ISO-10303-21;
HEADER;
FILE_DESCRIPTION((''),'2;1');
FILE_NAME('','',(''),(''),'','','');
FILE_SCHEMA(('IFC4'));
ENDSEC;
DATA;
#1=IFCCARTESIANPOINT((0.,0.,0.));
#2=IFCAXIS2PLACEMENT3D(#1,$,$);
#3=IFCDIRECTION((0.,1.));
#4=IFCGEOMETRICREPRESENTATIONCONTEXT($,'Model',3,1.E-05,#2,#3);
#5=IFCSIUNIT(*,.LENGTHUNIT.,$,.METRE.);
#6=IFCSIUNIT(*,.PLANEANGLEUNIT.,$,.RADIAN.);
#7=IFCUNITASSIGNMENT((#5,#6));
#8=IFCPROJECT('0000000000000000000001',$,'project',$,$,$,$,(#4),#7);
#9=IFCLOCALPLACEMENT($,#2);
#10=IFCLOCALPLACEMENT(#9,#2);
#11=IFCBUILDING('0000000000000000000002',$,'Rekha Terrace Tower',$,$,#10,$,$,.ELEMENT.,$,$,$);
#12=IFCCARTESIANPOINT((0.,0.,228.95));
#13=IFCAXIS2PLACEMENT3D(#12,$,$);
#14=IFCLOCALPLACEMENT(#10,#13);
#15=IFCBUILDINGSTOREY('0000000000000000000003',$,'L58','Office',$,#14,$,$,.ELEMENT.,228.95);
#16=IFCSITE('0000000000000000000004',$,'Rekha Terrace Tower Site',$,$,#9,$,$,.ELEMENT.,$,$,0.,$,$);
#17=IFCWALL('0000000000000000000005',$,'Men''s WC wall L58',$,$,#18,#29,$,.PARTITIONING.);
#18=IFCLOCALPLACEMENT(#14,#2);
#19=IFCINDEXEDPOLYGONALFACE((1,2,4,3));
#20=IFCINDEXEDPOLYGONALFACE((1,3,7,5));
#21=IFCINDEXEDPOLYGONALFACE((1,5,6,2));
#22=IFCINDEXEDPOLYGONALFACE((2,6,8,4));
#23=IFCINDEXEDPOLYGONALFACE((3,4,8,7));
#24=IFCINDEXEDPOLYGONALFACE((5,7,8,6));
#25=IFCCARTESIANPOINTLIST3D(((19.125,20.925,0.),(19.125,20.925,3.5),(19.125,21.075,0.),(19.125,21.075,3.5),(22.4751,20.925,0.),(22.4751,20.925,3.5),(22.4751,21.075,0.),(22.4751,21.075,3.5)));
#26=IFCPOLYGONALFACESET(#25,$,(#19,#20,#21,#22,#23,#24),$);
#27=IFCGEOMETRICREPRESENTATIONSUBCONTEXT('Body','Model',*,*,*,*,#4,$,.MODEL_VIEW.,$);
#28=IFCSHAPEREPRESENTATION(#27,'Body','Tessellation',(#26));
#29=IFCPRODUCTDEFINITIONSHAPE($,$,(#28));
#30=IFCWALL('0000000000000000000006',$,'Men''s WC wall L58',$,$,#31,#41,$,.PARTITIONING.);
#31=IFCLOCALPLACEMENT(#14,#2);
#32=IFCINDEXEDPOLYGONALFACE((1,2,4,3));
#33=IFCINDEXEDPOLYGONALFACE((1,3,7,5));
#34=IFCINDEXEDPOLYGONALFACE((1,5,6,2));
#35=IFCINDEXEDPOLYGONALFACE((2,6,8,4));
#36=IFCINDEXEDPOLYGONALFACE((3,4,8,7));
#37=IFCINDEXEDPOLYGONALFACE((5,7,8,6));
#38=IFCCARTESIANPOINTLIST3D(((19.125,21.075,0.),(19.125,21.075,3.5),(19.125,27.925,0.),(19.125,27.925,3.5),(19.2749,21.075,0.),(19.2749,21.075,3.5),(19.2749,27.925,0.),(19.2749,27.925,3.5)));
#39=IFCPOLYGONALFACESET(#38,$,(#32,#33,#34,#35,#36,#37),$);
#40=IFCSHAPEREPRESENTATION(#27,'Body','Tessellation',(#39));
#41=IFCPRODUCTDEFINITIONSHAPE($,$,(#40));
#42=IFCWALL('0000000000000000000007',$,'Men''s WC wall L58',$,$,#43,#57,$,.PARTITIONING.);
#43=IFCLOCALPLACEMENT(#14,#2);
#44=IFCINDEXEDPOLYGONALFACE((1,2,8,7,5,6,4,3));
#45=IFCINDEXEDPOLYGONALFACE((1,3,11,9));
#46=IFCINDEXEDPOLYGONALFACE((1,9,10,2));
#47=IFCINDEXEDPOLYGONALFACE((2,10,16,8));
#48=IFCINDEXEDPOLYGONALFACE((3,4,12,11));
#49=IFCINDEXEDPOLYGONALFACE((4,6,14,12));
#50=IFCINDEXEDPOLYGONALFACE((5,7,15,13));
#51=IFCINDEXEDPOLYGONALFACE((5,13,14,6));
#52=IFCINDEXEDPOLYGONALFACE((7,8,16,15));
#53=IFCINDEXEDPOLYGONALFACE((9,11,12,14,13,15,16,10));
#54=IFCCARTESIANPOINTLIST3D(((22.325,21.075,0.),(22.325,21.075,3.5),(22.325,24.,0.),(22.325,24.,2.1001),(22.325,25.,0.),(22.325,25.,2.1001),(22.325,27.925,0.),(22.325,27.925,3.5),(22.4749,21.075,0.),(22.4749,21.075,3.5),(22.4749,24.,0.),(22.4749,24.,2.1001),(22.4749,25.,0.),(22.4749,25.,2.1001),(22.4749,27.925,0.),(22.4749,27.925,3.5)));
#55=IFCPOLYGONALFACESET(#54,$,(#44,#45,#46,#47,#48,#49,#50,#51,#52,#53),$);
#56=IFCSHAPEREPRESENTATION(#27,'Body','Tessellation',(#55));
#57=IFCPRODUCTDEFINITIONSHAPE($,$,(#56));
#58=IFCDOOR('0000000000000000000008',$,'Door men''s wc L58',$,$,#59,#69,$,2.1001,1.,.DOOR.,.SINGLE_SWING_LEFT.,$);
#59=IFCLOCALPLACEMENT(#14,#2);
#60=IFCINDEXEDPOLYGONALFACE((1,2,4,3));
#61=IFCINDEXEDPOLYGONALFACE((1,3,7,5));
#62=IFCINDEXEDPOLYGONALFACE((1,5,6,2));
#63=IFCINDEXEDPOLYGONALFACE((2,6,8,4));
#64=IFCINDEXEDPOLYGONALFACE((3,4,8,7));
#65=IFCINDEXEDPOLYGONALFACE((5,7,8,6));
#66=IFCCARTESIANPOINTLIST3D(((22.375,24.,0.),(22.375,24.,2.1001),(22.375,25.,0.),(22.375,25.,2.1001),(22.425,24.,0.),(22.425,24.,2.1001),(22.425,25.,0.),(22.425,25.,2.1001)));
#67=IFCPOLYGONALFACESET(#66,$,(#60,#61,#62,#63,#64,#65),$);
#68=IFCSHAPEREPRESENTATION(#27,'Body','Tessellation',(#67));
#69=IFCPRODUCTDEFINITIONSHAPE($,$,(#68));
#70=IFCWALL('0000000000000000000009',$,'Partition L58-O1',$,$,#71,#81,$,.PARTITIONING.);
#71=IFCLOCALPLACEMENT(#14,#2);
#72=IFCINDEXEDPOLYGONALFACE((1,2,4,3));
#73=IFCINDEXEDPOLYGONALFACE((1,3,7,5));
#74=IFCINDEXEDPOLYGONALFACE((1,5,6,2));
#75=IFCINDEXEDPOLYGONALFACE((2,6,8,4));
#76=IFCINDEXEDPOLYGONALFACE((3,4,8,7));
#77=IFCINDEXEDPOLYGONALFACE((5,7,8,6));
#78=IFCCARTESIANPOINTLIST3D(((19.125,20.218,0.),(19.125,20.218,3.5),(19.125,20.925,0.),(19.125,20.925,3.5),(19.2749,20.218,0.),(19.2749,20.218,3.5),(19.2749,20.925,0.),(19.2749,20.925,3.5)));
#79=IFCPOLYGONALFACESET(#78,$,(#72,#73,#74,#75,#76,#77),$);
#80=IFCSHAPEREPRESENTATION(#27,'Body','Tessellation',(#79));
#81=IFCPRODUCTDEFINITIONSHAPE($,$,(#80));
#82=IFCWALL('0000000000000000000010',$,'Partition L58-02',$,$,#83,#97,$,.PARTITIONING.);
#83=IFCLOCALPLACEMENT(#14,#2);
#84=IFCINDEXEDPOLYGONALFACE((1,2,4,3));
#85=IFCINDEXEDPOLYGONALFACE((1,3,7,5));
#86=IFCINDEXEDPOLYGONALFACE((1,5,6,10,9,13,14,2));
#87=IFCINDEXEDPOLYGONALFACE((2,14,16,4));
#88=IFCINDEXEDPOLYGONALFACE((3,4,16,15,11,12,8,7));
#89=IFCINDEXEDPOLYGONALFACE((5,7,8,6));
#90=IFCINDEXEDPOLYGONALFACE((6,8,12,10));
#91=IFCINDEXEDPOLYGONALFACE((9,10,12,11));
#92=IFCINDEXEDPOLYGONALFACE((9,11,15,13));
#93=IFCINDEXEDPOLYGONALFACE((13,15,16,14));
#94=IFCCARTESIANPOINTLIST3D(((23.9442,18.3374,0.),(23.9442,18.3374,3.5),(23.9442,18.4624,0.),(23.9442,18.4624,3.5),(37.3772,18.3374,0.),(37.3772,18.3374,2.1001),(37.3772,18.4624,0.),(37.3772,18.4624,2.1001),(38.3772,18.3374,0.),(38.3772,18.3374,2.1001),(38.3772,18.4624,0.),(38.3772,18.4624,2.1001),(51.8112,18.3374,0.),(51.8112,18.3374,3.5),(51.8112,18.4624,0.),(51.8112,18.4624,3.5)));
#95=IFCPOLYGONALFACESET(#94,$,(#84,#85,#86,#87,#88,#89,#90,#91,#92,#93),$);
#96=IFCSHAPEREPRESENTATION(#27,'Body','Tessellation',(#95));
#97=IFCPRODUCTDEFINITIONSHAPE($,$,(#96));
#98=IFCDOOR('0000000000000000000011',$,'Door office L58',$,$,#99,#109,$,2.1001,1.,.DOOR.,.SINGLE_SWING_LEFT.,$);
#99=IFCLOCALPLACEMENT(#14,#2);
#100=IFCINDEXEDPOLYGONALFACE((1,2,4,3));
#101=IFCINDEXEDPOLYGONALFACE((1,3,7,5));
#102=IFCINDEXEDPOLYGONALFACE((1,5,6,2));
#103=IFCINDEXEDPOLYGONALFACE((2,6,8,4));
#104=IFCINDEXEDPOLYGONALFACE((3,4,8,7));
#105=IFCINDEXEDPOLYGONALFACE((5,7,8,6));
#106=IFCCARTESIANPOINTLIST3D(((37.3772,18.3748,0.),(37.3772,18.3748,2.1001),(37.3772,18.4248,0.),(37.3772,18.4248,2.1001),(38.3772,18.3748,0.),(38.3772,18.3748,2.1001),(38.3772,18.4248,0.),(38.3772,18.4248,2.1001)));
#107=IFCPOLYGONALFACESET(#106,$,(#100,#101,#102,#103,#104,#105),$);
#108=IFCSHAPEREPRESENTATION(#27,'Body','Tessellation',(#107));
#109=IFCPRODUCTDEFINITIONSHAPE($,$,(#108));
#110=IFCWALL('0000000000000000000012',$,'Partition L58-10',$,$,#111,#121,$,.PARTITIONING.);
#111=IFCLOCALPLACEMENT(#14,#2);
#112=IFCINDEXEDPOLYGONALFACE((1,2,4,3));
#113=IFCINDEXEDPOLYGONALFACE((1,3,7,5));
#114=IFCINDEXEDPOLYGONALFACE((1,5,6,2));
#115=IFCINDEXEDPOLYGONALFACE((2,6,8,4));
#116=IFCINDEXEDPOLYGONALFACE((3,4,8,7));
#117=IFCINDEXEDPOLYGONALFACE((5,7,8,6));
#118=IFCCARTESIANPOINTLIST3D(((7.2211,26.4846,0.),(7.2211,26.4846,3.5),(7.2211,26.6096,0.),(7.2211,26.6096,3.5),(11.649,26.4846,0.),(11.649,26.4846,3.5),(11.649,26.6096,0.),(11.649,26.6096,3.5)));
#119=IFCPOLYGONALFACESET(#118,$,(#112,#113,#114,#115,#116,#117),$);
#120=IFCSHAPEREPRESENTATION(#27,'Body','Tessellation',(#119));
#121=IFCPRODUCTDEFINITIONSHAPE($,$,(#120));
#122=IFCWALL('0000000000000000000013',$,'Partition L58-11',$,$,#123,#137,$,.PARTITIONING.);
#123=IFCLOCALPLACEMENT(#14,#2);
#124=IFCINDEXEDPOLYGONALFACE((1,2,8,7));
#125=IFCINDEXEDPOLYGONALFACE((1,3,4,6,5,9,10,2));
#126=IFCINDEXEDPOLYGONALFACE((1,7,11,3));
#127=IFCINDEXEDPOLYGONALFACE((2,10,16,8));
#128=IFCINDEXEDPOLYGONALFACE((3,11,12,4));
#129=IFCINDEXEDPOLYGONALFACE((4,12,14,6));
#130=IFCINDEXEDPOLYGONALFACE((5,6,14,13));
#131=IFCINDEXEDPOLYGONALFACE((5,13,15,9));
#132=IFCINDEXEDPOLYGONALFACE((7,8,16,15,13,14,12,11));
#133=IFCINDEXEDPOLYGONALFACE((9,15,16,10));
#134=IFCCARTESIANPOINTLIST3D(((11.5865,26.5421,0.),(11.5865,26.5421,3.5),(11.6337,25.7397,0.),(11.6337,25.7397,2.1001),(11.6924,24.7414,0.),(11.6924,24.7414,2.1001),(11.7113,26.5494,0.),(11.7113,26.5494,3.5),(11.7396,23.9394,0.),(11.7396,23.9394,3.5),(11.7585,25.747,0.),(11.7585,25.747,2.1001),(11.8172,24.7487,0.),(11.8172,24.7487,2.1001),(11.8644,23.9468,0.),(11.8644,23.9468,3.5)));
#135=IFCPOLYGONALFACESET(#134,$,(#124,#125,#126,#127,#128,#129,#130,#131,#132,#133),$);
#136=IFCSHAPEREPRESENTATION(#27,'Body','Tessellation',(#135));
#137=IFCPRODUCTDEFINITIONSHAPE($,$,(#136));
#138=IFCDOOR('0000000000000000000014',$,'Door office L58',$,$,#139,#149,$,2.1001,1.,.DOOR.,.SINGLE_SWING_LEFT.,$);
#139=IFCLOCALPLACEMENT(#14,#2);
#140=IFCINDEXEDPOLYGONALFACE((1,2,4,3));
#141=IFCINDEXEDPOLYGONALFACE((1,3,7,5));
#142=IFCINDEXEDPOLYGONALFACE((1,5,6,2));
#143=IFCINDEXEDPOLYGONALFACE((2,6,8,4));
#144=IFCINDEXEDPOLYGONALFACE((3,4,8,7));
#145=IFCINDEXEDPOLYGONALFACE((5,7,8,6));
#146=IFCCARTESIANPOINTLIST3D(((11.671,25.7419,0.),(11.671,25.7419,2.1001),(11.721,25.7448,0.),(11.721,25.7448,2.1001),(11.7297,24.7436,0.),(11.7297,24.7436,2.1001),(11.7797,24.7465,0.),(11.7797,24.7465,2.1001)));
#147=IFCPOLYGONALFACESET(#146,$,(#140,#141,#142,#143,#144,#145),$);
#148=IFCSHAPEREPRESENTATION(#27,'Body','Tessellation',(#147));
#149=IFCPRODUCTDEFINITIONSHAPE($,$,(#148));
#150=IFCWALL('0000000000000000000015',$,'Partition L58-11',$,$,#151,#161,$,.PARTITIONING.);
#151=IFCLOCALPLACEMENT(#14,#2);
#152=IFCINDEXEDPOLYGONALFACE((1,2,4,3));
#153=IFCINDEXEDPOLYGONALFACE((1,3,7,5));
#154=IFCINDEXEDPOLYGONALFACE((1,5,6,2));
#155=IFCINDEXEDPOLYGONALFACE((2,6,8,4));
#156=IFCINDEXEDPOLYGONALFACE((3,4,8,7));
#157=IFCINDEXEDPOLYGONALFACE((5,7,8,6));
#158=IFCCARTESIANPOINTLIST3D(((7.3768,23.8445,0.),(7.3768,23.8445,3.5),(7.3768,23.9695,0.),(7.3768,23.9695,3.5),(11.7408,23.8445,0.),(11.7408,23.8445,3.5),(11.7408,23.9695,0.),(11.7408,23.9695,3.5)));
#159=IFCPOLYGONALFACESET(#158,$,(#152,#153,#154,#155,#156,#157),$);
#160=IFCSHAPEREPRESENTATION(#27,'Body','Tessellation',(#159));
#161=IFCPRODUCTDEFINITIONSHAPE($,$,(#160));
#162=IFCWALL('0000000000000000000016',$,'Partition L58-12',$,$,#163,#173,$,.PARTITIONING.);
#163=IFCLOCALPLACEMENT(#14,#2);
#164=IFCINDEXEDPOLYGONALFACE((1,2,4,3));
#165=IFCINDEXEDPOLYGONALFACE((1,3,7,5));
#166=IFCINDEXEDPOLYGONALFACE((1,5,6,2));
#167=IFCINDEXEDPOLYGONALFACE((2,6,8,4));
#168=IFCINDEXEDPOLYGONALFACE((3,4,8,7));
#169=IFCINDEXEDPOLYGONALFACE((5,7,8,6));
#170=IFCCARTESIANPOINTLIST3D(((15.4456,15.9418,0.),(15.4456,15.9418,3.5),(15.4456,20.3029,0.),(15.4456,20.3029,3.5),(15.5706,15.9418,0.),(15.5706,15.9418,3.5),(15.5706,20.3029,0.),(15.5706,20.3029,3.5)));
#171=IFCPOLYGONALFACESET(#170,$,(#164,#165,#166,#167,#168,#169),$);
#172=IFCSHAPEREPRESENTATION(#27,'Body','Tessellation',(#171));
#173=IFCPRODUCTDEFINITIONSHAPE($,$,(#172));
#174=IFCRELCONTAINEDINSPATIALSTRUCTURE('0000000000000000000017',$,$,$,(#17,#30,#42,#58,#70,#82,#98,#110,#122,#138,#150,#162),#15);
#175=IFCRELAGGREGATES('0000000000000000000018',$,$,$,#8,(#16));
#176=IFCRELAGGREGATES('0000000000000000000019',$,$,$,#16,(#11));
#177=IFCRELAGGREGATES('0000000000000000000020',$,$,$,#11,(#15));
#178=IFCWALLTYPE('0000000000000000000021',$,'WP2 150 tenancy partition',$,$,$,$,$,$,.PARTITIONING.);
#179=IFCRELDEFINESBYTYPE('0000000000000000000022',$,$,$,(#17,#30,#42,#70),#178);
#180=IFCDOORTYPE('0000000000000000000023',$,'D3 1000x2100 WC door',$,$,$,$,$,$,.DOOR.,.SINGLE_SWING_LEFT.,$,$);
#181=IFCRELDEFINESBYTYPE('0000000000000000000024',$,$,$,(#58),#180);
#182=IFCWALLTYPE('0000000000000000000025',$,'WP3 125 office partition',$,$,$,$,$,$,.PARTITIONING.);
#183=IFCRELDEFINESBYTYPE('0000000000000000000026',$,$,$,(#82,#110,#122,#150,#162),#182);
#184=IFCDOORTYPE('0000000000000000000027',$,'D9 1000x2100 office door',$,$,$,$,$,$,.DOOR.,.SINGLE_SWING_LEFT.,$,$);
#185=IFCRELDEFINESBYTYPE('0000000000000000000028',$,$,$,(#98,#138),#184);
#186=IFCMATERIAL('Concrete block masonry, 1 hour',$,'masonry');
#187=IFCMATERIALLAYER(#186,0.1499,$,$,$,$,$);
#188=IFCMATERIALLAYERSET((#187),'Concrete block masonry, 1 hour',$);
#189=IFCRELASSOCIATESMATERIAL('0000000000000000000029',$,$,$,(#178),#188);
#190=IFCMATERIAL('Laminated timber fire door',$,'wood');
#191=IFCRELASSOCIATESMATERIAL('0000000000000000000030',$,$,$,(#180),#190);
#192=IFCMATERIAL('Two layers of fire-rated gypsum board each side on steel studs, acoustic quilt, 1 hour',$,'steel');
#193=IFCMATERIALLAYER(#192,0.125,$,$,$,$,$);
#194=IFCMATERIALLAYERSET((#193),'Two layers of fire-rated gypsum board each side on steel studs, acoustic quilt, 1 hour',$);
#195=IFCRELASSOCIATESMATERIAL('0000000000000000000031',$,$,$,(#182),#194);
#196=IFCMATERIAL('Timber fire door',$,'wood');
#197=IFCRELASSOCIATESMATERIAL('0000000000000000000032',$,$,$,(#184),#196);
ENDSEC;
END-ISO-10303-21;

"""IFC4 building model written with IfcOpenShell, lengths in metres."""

from ifc_helpers import new_model, si_unit, direction, frame, frame_2d, origin, place, context, subcontext, project, spatial, rectangle, extrude, material, layer, layer_set, type_object, element, fill, save


model = new_model("IFC4")

# Units and contexts
model_context = context("Model", 3, precision=1e-05, world=origin(), true_north=direction((0.0, 1.0)))
body_context = subcontext(model_context, "Body", "Model", "MODEL_VIEW")
ifc_project = project(units=[si_unit("LENGTHUNIT", "METRE"), si_unit("PLANEANGLEUNIT", "RADIAN")], contexts=[model_context])

# Site, building, storey
site_placement = place(None, origin())
site = spatial("IfcSite", under=ifc_project, at=site_placement, Name="Rekha Terrace Tower Site", CompositionType="ELEMENT", RefElevation=0.0)
building_placement = place(site_placement, origin())
building = spatial("IfcBuilding", under=site, at=building_placement, Name="Rekha Terrace Tower", CompositionType="ELEMENT")
storey_placement = place(building_placement, frame((0.0, 0.0, 228.95)))
storey = spatial("IfcBuildingStorey", under=building, at=storey_placement, Name="L58", Description="Office", CompositionType="ELEMENT", Elevation=228.95)

# Walls
ifc_material_1 = material(Name="Concrete block masonry, 1 hour", Category="masonry")
ifc_layer_1 = layer(ifc_material_1, 0.1499)
ifc_layer_set_1 = layer_set([ifc_layer_1], Name="Concrete block masonry, 1 hour")
wall_type_1 = type_object("IfcWallType", Name="WP2 150 tenancy partition", PredefinedType="PARTITIONING", material=ifc_layer_set_1)
wall_1_placement = place(storey_placement, frame((19.125, 21.0, 0.0), z_axis=(0.0, 0.0, 1.0), x_axis=(1.0, 0.0, 0.0)))
element("IfcWall", 1, at=wall_1_placement, inside=storey, type_object=wall_type_1, Name="Men's WC wall L58", PredefinedType="PARTITIONING", context=body_context, shape_type="SweptSolid", body=[
    extrude(rectangle(XDim=3.3501, YDim=0.1499, at=frame_2d((1.675, 0.0))), origin(), (0.0, 0.0, 1.0), 3.5),
])
wall_2_placement = place(storey_placement, frame((19.2, 21.075, 0.0), z_axis=(0.0, 0.0, 1.0), x_axis=(0.0, 1.0, 0.0)))
element("IfcWall", 2, at=wall_2_placement, inside=storey, type_object=wall_type_1, Name="Men's WC wall L58", PredefinedType="PARTITIONING", context=body_context, shape_type="SweptSolid", body=[
    extrude(rectangle(XDim=6.8501, YDim=0.1499, at=frame_2d((3.425, 0.0))), origin(), (0.0, 0.0, 1.0), 3.5),
])

# Wall, opening, door
wall_3_placement = place(storey_placement, frame((22.3999, 21.075, 0.0), z_axis=(0.0, 0.0, 1.0), x_axis=(0.0, 1.0, 0.0)))
wall_3 = element("IfcWall", 3, at=wall_3_placement, inside=storey, type_object=wall_type_1, Name="Men's WC wall L58", PredefinedType="PARTITIONING", context=body_context, shape_type="SweptSolid", body=[
    extrude(rectangle(XDim=6.8501, YDim=0.1499, at=frame_2d((3.425, 0.0))), origin(), (0.0, 0.0, 1.0), 3.5),
])
opening_1_placement = place(wall_3_placement, frame((2.925, 0.0, 0.0)))
opening_1 = element("IfcOpeningElement", 4, at=opening_1_placement, cuts=wall_3, PredefinedType="OPENING", context=body_context, shape_type="SweptSolid", body=[
    extrude(rectangle(XDim=1.0, YDim=2.1001, at=frame_2d((0.5, 1.05))), frame((0.0, 0.085, 0.0), z_axis=(0.0, -1.0, 0.0), x_axis=(1.0, 0.0, 0.0)), (0.0, 0.0, 1.0), 0.1699),
])
ifc_material_2 = material(Name="Laminated timber fire door", Category="wood")
door_type_1 = type_object("IfcDoorType", Name="D3 1000x2100 WC door", OperationType="SINGLE_SWING_LEFT", PredefinedType="DOOR", material=ifc_material_2)
door_1_placement = place(opening_1_placement, origin())
door_1 = element("IfcDoor", 5, at=door_1_placement, inside=storey, type_object=door_type_1, Name="Door men's wc L58", OperationType="SINGLE_SWING_LEFT", OverallHeight=2.1001, OverallWidth=1.0, PredefinedType="DOOR", context=body_context, shape_type="SweptSolid", body=[
    extrude(rectangle(XDim=1.0, YDim=2.1001, at=frame_2d((0.5, 1.05))), frame((0.0, 0.0249, 0.0), z_axis=(0.0, -1.0, 0.0), x_axis=(1.0, 0.0, 0.0)), (0.0, 0.0, 1.0), 0.05),
])
fill(opening_1, door_1)

# Wall
wall_4_placement = place(storey_placement, frame((19.2, 20.925, 0.0), z_axis=(0.0, 0.0, 1.0), x_axis=(0.0, -1.0, 0.0)))
element("IfcWall", 6, at=wall_4_placement, inside=storey, type_object=wall_type_1, Name="Partition L58-O1", PredefinedType="PARTITIONING", context=body_context, shape_type="SweptSolid", body=[
    extrude(rectangle(XDim=0.707, YDim=0.1499, at=frame_2d((0.3535, 0.0))), origin(), (0.0, 0.0, 1.0), 3.5),
])

# Wall, opening, door
ifc_material_3 = material(Name="Two layers of fire-rated gypsum board each side on steel studs, acoustic quilt, 1 hour", Category="steel")
ifc_layer_2 = layer(ifc_material_3, 0.125)
ifc_layer_set_2 = layer_set([ifc_layer_2], Name="Two layers of fire-rated gypsum board each side on steel studs, acoustic quilt, 1 hour")
wall_type_2 = type_object("IfcWallType", Name="WP3 125 office partition", PredefinedType="PARTITIONING", material=ifc_layer_set_2)
wall_5_placement = place(storey_placement, frame((23.9441, 18.3999, 0.0), z_axis=(0.0, 0.0, 1.0), x_axis=(1.0, 0.0, 0.0)))
wall_5 = element("IfcWall", 7, at=wall_5_placement, inside=storey, type_object=wall_type_2, Name="Partition L58-02", PredefinedType="PARTITIONING", context=body_context, shape_type="SweptSolid", body=[
    extrude(rectangle(XDim=27.8669, YDim=0.125, at=frame_2d((13.9336, 0.0))), origin(), (0.0, 0.0, 1.0), 3.5),
])
opening_2_placement = place(wall_5_placement, frame((13.4331, 0.0, 0.0)))
opening_2 = element("IfcOpeningElement", 8, at=opening_2_placement, cuts=wall_5, PredefinedType="OPENING", context=body_context, shape_type="SweptSolid", body=[
    extrude(rectangle(XDim=1.0, YDim=2.1001, at=frame_2d((0.5, 1.05))), frame((0.0, 0.0725, 0.0), z_axis=(0.0, -1.0, 0.0), x_axis=(1.0, 0.0, 0.0)), (0.0, 0.0, 1.0), 0.145),
])
ifc_material_4 = material(Name="Timber fire door", Category="wood")
door_type_2 = type_object("IfcDoorType", Name="D9 1000x2100 office door", OperationType="SINGLE_SWING_LEFT", PredefinedType="DOOR", material=ifc_material_4)
door_2_placement = place(opening_2_placement, origin())
door_2 = element("IfcDoor", 9, at=door_2_placement, inside=storey, type_object=door_type_2, Name="Door office L58", OperationType="SINGLE_SWING_LEFT", OverallHeight=2.1001, OverallWidth=1.0, PredefinedType="DOOR", context=body_context, shape_type="SweptSolid", body=[
    extrude(rectangle(XDim=1.0, YDim=2.1001, at=frame_2d((0.5, 1.05))), frame((0.0, 0.0249, 0.0), z_axis=(0.0, -1.0, 0.0), x_axis=(1.0, 0.0, 0.0)), (0.0, 0.0, 1.0), 0.05),
])
fill(opening_2, door_2)

# Wall
wall_6_placement = place(storey_placement, frame((11.6489, 26.5471, 0.0), z_axis=(0.0, 0.0, 1.0), x_axis=(-1.0, 0.0, 0.0)))
element("IfcWall", 10, at=wall_6_placement, inside=storey, type_object=wall_type_2, Name="Partition L58-10", PredefinedType="PARTITIONING", context=body_context, shape_type="SweptSolid", body=[
    extrude(rectangle(XDim=4.428, YDim=0.125, at=frame_2d((2.2139, 0.0))), origin(), (0.0, 0.0, 1.0), 3.5),
])

# Wall, opening, door
wall_7_placement = place(storey_placement, frame((11.6489, 26.5459, 0.0), z_axis=(0.0, 0.0, 1.0), x_axis=(0.058711, -0.998275, 0.0)))
wall_7 = element("IfcWall", 11, at=wall_7_placement, inside=storey, type_object=wall_type_2, Name="Partition L58-11", PredefinedType="PARTITIONING", context=body_context, shape_type="SweptSolid", body=[
    extrude(rectangle(XDim=2.6072, YDim=0.125, at=frame_2d((1.3037, 0.0))), origin(), (0.0, 0.0, 1.0), 3.5),
])
opening_3_placement = place(wall_7_placement, frame((0.804, 0.0, 0.0)))
opening_3 = element("IfcOpeningElement", 12, at=opening_3_placement, cuts=wall_7, PredefinedType="OPENING", context=body_context, shape_type="SweptSolid", body=[
    extrude(rectangle(XDim=1.0, YDim=2.1001, at=frame_2d((0.5, 1.05))), frame((0.0, 0.0725, 0.0), z_axis=(0.0, -1.0, 0.0), x_axis=(1.0, 0.0, 0.0)), (0.0, 0.0, 1.0), 0.145),
])
door_3_placement = place(opening_3_placement, origin())
door_3 = element("IfcDoor", 13, at=door_3_placement, inside=storey, type_object=door_type_2, Name="Door office L58", OperationType="SINGLE_SWING_LEFT", OverallHeight=2.1001, OverallWidth=1.0, PredefinedType="DOOR", context=body_context, shape_type="SweptSolid", body=[
    extrude(rectangle(XDim=1.0, YDim=2.1001, at=frame_2d((0.5, 1.05))), frame((0.0, 0.0249, 0.0), z_axis=(0.0, -1.0, 0.0), x_axis=(1.0, 0.0, 0.0)), (0.0, 0.0, 1.0), 0.05),
])
fill(opening_3, door_3)

# Walls
wall_8_placement = place(storey_placement, frame((11.741, 23.907, 0.0), z_axis=(0.0, 0.0, 1.0), x_axis=(-1.0, 0.0, 0.0)))
element("IfcWall", 14, at=wall_8_placement, inside=storey, type_object=wall_type_2, Name="Partition L58-11", PredefinedType="PARTITIONING", context=body_context, shape_type="SweptSolid", body=[
    extrude(rectangle(XDim=4.364, YDim=0.125, at=frame_2d((2.1821, 0.0))), origin(), (0.0, 0.0, 1.0), 3.5),
])
wall_9_placement = place(storey_placement, frame((15.5081, 20.303, 0.0), z_axis=(0.0, 0.0, 1.0), x_axis=(0.0, -1.0, 0.0)))
element("IfcWall", 15, at=wall_9_placement, inside=storey, type_object=wall_type_2, Name="Partition L58-12", PredefinedType="PARTITIONING", context=body_context, shape_type="SweptSolid", body=[
    extrude(rectangle(XDim=4.3611, YDim=0.125, at=frame_2d((2.1807, 0.0))), origin(), (0.0, 0.0, 1.0), 3.5),
])

save(model, "model.ifc")
